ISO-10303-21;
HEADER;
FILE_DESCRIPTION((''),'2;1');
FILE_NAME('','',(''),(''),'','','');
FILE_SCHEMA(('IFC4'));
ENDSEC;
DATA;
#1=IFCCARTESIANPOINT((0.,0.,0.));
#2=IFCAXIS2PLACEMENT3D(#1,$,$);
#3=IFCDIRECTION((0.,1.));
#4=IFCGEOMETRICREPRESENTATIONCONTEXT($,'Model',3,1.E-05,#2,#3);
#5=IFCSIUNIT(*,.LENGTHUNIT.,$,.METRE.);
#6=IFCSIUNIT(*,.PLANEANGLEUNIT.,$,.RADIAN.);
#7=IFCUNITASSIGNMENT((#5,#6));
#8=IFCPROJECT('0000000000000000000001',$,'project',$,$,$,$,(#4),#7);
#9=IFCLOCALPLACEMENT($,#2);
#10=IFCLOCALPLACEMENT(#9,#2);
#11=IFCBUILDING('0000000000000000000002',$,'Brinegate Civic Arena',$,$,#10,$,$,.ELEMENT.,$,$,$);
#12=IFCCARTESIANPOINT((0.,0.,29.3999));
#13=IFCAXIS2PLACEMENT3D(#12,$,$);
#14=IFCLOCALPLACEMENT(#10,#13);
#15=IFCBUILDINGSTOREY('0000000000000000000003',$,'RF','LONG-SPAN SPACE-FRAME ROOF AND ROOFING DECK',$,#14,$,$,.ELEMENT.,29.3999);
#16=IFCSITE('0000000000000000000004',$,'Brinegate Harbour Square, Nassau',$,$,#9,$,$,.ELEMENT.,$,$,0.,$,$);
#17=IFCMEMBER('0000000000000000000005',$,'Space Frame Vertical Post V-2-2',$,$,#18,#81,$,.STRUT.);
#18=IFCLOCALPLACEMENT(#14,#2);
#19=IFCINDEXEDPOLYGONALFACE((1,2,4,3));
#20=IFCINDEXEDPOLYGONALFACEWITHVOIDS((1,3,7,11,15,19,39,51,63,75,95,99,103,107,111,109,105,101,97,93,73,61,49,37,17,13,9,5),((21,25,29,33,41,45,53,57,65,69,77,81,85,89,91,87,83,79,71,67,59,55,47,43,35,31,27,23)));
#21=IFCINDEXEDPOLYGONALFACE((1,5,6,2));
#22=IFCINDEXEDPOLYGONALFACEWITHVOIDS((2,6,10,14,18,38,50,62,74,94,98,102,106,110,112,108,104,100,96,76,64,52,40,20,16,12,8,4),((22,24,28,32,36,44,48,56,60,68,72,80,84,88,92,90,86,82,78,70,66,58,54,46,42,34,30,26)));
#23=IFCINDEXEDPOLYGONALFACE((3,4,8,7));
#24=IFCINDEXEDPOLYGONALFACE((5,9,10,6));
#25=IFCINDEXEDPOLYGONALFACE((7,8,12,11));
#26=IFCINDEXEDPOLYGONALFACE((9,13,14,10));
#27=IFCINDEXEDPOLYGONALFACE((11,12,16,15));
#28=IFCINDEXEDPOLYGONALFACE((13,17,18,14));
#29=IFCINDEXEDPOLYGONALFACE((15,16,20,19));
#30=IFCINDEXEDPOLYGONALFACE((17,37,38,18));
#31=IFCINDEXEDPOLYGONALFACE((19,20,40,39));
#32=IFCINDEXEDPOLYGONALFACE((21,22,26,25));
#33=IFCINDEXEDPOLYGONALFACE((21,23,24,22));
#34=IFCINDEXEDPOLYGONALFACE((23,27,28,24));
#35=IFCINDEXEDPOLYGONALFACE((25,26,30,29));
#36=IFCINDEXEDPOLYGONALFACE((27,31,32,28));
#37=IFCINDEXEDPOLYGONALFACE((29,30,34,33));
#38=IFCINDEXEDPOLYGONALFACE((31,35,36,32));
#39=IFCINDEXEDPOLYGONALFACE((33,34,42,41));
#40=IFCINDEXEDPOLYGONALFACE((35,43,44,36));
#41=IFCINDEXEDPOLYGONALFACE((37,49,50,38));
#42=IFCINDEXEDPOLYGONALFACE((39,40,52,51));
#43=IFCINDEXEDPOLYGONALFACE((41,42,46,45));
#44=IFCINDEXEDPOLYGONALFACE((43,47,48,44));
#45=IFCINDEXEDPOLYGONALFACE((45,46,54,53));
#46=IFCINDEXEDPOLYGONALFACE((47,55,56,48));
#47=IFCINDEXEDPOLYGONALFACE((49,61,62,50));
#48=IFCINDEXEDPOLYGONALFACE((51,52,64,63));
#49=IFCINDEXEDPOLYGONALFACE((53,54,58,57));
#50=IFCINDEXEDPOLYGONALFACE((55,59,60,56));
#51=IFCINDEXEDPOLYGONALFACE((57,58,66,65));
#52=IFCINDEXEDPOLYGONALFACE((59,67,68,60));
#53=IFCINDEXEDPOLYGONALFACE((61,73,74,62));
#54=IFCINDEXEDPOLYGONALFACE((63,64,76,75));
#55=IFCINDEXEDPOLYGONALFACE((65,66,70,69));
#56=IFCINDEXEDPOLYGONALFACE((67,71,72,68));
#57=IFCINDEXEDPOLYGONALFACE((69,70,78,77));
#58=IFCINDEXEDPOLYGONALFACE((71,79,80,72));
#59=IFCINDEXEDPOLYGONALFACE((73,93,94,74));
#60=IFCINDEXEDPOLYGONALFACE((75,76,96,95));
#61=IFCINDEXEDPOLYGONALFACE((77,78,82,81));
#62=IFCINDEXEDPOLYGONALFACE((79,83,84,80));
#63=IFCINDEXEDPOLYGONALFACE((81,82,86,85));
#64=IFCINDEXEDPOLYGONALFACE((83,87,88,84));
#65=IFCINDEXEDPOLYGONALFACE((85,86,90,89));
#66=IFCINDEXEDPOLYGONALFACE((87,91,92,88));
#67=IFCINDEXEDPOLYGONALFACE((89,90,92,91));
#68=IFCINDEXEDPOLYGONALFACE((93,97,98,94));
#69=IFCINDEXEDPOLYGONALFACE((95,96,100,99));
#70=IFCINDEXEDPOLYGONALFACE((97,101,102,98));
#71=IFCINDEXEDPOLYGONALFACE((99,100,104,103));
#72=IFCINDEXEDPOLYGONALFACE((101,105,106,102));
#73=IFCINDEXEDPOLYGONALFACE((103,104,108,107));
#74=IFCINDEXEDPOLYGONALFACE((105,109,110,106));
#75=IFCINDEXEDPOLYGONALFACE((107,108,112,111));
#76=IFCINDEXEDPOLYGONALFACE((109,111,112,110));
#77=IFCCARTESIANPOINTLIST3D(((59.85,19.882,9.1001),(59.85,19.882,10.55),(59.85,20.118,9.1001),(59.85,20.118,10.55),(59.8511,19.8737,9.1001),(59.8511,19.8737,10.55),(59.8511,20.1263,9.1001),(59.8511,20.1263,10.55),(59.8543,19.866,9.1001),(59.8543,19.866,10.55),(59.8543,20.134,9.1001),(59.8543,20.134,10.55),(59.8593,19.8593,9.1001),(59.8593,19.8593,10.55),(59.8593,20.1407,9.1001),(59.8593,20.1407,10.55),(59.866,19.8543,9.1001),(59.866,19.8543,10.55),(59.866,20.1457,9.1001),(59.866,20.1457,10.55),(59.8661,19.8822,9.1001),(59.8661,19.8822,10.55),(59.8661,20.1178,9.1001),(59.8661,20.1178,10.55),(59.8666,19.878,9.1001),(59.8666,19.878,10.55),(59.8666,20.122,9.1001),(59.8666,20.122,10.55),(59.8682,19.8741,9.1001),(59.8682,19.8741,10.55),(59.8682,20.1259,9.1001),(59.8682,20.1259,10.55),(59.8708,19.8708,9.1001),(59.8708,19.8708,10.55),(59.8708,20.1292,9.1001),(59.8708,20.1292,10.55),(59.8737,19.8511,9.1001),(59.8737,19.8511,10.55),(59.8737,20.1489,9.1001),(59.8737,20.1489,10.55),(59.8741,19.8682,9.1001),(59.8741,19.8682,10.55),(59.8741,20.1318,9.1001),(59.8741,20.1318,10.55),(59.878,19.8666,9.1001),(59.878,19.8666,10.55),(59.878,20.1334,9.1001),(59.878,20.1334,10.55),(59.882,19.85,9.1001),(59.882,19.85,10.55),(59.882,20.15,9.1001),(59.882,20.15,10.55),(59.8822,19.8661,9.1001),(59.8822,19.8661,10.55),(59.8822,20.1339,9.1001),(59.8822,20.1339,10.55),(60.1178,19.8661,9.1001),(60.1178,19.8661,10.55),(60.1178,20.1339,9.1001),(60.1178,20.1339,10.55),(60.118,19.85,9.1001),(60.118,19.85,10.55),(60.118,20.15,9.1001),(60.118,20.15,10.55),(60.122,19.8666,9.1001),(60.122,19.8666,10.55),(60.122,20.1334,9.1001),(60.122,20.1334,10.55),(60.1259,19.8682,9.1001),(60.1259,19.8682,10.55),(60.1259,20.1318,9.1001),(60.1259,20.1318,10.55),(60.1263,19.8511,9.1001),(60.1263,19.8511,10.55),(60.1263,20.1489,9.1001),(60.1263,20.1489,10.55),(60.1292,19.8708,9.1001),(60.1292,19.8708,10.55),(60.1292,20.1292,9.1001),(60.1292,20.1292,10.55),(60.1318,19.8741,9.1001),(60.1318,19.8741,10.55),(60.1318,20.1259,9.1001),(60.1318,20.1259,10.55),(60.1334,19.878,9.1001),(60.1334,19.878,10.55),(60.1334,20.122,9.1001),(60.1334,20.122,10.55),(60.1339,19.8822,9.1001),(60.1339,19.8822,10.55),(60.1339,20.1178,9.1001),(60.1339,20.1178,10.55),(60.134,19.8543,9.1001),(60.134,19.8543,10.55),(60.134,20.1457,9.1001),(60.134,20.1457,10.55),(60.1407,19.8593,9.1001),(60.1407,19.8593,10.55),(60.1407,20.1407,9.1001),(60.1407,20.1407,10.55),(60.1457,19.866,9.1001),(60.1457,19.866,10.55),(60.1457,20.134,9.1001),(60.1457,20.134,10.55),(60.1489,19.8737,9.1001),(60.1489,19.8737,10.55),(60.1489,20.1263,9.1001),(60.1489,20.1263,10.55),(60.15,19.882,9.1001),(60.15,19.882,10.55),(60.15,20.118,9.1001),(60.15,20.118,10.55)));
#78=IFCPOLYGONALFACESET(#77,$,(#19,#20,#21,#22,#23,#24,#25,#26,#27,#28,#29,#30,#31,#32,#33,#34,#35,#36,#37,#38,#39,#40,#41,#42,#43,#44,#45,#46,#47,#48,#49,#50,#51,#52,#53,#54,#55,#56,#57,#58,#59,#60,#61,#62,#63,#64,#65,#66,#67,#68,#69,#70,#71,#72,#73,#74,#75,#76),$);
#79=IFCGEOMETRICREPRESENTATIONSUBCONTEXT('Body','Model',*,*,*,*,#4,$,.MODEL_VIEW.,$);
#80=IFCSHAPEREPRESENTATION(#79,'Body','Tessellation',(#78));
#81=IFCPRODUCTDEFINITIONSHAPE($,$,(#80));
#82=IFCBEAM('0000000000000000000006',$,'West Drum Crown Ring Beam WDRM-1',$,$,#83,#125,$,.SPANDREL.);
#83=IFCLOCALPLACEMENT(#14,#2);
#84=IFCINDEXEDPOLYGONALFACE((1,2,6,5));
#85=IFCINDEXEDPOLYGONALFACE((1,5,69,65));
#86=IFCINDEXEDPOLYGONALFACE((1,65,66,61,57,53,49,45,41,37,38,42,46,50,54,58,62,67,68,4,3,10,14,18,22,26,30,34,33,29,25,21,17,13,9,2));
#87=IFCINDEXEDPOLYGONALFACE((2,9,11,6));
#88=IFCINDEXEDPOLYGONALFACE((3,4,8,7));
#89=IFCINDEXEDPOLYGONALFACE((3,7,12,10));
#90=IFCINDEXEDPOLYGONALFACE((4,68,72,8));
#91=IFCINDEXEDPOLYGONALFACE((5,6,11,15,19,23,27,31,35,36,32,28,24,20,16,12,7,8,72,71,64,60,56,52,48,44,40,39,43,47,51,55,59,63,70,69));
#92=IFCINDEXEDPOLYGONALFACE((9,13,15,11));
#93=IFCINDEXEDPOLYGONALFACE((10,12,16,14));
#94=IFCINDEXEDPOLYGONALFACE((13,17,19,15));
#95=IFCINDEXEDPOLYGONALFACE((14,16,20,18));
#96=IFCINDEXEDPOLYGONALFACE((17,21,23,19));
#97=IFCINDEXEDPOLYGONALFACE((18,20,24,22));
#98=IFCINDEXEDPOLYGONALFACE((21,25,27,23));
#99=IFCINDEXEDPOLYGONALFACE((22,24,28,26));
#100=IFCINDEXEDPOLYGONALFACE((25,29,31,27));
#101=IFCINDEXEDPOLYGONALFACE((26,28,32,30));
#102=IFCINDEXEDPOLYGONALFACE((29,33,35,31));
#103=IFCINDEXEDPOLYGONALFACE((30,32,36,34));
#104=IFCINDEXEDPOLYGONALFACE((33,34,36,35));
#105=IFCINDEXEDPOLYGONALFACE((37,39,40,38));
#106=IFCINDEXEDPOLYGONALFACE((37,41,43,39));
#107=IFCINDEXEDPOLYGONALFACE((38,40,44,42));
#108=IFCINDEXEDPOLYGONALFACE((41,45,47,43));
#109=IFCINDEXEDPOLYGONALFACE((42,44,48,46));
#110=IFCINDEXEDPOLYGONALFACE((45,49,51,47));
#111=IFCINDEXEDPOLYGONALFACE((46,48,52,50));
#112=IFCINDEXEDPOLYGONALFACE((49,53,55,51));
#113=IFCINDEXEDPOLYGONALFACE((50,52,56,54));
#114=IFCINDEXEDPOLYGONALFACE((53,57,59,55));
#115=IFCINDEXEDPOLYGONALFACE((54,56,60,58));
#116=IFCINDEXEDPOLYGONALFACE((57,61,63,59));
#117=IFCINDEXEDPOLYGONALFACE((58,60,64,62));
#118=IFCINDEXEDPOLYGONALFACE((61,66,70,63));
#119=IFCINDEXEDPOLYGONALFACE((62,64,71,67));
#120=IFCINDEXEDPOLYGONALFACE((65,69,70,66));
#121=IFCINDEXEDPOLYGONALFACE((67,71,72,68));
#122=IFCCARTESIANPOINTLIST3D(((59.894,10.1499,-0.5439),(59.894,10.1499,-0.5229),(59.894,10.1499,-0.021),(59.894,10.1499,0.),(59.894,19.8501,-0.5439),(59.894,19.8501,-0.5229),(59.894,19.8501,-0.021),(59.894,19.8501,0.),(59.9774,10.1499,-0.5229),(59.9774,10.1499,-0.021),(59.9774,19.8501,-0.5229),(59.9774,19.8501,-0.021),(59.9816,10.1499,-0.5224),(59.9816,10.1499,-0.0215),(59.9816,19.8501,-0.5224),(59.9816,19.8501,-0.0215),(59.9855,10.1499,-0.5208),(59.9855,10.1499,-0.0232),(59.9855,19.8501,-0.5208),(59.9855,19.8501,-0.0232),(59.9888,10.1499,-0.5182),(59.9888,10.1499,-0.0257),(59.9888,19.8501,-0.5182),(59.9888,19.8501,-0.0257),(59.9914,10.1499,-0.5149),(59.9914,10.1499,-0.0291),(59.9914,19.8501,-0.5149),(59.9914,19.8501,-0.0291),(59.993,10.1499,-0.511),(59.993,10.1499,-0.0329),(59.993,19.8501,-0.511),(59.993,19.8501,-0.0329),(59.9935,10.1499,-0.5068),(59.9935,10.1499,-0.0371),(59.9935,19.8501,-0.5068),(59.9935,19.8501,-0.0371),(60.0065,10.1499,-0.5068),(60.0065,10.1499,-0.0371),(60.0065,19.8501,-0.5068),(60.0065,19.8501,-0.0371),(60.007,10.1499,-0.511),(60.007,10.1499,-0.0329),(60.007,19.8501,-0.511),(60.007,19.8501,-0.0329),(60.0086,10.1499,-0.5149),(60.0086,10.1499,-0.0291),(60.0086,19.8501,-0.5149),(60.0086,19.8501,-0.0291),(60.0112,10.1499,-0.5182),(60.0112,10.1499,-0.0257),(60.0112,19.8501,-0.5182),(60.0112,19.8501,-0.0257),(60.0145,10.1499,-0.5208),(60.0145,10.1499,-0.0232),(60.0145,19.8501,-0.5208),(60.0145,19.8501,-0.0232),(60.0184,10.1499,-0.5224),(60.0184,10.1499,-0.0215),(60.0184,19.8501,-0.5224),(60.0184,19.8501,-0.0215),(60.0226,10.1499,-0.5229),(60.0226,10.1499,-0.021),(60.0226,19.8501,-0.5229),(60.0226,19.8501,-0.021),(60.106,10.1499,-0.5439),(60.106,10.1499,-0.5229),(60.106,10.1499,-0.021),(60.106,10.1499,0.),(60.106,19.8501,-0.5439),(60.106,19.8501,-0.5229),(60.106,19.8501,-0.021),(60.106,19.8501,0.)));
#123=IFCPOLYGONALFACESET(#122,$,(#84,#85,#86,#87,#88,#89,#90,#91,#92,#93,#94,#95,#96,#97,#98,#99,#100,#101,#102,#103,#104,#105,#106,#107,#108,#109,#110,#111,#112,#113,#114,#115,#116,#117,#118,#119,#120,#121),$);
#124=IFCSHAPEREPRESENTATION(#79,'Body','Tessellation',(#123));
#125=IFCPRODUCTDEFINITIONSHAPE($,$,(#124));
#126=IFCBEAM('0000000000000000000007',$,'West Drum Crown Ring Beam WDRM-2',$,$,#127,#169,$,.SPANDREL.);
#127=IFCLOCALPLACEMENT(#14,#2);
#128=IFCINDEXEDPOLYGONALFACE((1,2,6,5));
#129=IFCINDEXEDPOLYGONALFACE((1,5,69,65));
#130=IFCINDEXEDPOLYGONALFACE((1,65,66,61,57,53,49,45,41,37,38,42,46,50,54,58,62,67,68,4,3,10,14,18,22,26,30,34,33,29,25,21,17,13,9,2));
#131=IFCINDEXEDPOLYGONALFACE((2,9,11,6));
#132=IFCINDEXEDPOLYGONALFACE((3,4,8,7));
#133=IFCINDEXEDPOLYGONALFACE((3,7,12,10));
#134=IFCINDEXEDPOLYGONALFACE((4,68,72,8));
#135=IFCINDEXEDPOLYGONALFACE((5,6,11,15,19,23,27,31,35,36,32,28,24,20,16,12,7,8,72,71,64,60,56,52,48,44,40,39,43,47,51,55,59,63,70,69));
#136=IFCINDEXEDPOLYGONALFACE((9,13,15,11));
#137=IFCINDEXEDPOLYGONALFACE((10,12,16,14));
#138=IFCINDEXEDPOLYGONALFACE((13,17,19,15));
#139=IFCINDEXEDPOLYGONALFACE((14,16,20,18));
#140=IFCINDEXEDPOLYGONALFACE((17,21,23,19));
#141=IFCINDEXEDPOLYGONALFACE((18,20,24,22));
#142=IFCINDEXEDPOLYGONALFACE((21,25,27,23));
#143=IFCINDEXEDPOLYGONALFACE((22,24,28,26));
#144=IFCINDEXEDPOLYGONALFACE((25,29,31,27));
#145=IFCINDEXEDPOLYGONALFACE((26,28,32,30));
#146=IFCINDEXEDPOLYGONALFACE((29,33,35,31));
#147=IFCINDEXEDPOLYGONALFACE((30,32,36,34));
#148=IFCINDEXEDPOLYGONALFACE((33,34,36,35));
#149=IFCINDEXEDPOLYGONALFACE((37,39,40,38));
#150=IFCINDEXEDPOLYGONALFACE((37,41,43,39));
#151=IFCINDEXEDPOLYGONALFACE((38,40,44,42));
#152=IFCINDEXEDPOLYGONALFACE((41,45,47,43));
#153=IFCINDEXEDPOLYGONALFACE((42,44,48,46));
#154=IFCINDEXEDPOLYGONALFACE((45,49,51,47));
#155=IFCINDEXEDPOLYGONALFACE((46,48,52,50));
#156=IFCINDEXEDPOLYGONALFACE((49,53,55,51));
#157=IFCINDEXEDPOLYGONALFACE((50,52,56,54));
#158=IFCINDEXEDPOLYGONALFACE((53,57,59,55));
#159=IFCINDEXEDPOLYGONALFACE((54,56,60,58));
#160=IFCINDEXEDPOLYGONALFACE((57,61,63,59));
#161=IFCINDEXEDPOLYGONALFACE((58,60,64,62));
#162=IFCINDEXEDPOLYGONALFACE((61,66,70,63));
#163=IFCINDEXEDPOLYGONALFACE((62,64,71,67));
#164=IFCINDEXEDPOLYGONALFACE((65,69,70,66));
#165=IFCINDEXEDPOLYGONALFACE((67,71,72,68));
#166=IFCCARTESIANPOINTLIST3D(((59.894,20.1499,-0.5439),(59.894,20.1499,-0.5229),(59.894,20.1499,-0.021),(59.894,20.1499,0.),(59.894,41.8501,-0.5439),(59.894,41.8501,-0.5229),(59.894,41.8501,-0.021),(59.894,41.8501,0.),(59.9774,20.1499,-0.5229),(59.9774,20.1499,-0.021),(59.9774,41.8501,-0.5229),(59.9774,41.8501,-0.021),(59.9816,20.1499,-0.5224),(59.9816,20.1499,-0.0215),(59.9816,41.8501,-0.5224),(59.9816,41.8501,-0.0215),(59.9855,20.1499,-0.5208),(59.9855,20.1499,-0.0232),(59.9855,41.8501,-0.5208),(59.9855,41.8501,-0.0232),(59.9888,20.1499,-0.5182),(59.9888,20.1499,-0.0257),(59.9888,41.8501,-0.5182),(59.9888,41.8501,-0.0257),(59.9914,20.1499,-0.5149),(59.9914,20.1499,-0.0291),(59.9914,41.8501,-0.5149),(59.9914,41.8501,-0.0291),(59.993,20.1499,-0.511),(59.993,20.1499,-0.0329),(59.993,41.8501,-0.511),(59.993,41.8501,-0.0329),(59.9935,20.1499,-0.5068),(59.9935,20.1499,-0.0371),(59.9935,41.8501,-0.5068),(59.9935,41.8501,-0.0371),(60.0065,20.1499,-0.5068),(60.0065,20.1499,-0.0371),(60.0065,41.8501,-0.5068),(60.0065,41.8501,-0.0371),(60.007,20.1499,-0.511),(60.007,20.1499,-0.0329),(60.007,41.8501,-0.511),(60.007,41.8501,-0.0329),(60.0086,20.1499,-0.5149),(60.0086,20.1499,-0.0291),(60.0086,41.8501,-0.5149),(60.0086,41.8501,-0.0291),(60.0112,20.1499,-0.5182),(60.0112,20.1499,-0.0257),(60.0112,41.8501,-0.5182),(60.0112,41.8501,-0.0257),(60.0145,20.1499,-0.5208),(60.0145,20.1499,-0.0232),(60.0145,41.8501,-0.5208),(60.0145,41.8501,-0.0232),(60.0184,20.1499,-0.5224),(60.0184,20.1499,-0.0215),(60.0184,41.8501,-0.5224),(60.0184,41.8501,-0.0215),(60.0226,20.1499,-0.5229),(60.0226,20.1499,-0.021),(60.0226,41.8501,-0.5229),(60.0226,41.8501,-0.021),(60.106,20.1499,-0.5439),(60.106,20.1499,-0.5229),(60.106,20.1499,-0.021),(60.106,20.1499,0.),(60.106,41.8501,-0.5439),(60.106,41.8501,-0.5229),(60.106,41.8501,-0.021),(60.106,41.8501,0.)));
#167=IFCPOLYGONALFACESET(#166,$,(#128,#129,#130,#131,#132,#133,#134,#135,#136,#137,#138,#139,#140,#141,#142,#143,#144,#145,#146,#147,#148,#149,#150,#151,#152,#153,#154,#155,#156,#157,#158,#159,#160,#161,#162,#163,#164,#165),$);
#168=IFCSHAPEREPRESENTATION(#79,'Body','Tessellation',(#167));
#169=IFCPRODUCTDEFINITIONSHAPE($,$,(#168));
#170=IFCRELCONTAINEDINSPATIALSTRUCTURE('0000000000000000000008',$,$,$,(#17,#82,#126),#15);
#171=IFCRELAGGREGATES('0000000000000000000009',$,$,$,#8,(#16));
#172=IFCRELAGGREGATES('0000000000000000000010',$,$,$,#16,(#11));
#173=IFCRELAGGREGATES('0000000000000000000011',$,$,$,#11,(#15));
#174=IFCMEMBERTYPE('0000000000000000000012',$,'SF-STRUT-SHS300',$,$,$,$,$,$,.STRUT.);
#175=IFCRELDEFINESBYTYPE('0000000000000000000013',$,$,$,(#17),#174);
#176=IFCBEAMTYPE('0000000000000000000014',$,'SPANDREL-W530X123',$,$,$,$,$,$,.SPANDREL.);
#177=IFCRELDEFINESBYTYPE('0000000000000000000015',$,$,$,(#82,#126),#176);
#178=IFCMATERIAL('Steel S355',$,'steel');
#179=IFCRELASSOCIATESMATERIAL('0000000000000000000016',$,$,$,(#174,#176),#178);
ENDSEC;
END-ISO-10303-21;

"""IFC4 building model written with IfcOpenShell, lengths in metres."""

from ifc_helpers import new_model, si_unit, direction, frame, origin, origin_2d, place, context, subcontext, project, spatial, hollow_rectangle, i_section, extrude, material, material_profile, profile_set, type_object, element, save


model = new_model("IFC4")

# Units and contexts
model_context = context("Model", 3, precision=1e-05, world=origin(), true_north=direction((0.0, 1.0)))
body_context = subcontext(model_context, "Body", "Model", "MODEL_VIEW")
ifc_project = project(units=[si_unit("LENGTHUNIT", "METRE"), si_unit("PLANEANGLEUNIT", "RADIAN")], contexts=[model_context])

# Site, building, storey
site_placement = place(None, origin())
site = spatial("IfcSite", under=ifc_project, at=site_placement, Name="Brinegate Harbour Square, Nassau", CompositionType="ELEMENT", RefElevation=0.0)
building_placement = place(site_placement, origin())
building = spatial("IfcBuilding", under=site, at=building_placement, Name="Brinegate Civic Arena", CompositionType="ELEMENT")
storey_placement = place(building_placement, frame((0.0, 0.0, 29.3999)))
storey = spatial("IfcBuildingStorey", under=building, at=storey_placement, Name="RF", Description="LONG-SPAN SPACE-FRAME ROOF AND ROOFING DECK", CompositionType="ELEMENT", Elevation=29.3999)

# Shared definitions
ifc_material_1 = material(Name="Steel S355", Category="steel")

# Member
ifc_material_profile_1 = material_profile(ifc_material_1, hollow_rectangle(XDim=0.3, YDim=0.3, WallThickness=0.0161, InnerFilletRadius=0.0161, OuterFilletRadius=0.032, at=origin_2d()), Name="SHS300X16")
ifc_profile_set_1 = profile_set([ifc_material_profile_1], Name="Steel S355")
member_type_1 = type_object("IfcMemberType", Name="SF-STRUT-SHS300", PredefinedType="STRUT", material=ifc_profile_set_1)
member_1_placement = place(storey_placement, frame((60.0, 20.0, 9.1001), z_axis=(0.0, 0.0, 1.0), x_axis=(1.0, 0.0, 0.0)))
element("IfcMember", 1, at=member_1_placement, inside=storey, type_object=member_type_1, Name="Space Frame Vertical Post V-2-2", PredefinedType="STRUT", context=body_context, shape_type="SweptSolid", body=[
    extrude(hollow_rectangle(XDim=0.3, YDim=0.3, WallThickness=0.0161, InnerFilletRadius=0.0161, OuterFilletRadius=0.032, at=origin_2d()), origin(), (0.0, 0.0, 1.0), 1.45),
])

# Beams
ifc_material_profile_2 = material_profile(ifc_material_1, i_section(OverallWidth=0.2119, OverallDepth=0.5439, WebThickness=0.0129, FlangeThickness=0.021, FilletRadius=0.0161, at=origin_2d()), Name="W530X123")
ifc_profile_set_2 = profile_set([ifc_material_profile_2], Name="Steel S355")
beam_type = type_object("IfcBeamType", Name="SPANDREL-W530X123", PredefinedType="SPANDREL", material=ifc_profile_set_2)
beam_1_placement = place(storey_placement, frame((60.0, 10.1499, -0.272), z_axis=(0.0, 1.0, 0.0), x_axis=(-1.0, 0.0, 0.0)))
element("IfcBeam", 2, at=beam_1_placement, inside=storey, type_object=beam_type, Name="West Drum Crown Ring Beam WDRM-1", PredefinedType="SPANDREL", context=body_context, shape_type="SweptSolid", body=[
    extrude(i_section(OverallWidth=0.2119, OverallDepth=0.5439, WebThickness=0.0129, FlangeThickness=0.021, FilletRadius=0.0161, at=origin_2d()), origin(), (0.0, 0.0, 1.0), 9.7002),
])
beam_2_placement = place(storey_placement, frame((60.0, 20.1499, -0.272), z_axis=(0.0, 1.0, 0.0), x_axis=(-1.0, 0.0, 0.0)))
element("IfcBeam", 3, at=beam_2_placement, inside=storey, type_object=beam_type, Name="West Drum Crown Ring Beam WDRM-2", PredefinedType="SPANDREL", context=body_context, shape_type="SweptSolid", body=[
    extrude(i_section(OverallWidth=0.2119, OverallDepth=0.5439, WebThickness=0.0129, FlangeThickness=0.021, FilletRadius=0.0161, at=origin_2d()), origin(), (0.0, 0.0, 1.0), 21.7002),
])

save(model, "model.ifc")
